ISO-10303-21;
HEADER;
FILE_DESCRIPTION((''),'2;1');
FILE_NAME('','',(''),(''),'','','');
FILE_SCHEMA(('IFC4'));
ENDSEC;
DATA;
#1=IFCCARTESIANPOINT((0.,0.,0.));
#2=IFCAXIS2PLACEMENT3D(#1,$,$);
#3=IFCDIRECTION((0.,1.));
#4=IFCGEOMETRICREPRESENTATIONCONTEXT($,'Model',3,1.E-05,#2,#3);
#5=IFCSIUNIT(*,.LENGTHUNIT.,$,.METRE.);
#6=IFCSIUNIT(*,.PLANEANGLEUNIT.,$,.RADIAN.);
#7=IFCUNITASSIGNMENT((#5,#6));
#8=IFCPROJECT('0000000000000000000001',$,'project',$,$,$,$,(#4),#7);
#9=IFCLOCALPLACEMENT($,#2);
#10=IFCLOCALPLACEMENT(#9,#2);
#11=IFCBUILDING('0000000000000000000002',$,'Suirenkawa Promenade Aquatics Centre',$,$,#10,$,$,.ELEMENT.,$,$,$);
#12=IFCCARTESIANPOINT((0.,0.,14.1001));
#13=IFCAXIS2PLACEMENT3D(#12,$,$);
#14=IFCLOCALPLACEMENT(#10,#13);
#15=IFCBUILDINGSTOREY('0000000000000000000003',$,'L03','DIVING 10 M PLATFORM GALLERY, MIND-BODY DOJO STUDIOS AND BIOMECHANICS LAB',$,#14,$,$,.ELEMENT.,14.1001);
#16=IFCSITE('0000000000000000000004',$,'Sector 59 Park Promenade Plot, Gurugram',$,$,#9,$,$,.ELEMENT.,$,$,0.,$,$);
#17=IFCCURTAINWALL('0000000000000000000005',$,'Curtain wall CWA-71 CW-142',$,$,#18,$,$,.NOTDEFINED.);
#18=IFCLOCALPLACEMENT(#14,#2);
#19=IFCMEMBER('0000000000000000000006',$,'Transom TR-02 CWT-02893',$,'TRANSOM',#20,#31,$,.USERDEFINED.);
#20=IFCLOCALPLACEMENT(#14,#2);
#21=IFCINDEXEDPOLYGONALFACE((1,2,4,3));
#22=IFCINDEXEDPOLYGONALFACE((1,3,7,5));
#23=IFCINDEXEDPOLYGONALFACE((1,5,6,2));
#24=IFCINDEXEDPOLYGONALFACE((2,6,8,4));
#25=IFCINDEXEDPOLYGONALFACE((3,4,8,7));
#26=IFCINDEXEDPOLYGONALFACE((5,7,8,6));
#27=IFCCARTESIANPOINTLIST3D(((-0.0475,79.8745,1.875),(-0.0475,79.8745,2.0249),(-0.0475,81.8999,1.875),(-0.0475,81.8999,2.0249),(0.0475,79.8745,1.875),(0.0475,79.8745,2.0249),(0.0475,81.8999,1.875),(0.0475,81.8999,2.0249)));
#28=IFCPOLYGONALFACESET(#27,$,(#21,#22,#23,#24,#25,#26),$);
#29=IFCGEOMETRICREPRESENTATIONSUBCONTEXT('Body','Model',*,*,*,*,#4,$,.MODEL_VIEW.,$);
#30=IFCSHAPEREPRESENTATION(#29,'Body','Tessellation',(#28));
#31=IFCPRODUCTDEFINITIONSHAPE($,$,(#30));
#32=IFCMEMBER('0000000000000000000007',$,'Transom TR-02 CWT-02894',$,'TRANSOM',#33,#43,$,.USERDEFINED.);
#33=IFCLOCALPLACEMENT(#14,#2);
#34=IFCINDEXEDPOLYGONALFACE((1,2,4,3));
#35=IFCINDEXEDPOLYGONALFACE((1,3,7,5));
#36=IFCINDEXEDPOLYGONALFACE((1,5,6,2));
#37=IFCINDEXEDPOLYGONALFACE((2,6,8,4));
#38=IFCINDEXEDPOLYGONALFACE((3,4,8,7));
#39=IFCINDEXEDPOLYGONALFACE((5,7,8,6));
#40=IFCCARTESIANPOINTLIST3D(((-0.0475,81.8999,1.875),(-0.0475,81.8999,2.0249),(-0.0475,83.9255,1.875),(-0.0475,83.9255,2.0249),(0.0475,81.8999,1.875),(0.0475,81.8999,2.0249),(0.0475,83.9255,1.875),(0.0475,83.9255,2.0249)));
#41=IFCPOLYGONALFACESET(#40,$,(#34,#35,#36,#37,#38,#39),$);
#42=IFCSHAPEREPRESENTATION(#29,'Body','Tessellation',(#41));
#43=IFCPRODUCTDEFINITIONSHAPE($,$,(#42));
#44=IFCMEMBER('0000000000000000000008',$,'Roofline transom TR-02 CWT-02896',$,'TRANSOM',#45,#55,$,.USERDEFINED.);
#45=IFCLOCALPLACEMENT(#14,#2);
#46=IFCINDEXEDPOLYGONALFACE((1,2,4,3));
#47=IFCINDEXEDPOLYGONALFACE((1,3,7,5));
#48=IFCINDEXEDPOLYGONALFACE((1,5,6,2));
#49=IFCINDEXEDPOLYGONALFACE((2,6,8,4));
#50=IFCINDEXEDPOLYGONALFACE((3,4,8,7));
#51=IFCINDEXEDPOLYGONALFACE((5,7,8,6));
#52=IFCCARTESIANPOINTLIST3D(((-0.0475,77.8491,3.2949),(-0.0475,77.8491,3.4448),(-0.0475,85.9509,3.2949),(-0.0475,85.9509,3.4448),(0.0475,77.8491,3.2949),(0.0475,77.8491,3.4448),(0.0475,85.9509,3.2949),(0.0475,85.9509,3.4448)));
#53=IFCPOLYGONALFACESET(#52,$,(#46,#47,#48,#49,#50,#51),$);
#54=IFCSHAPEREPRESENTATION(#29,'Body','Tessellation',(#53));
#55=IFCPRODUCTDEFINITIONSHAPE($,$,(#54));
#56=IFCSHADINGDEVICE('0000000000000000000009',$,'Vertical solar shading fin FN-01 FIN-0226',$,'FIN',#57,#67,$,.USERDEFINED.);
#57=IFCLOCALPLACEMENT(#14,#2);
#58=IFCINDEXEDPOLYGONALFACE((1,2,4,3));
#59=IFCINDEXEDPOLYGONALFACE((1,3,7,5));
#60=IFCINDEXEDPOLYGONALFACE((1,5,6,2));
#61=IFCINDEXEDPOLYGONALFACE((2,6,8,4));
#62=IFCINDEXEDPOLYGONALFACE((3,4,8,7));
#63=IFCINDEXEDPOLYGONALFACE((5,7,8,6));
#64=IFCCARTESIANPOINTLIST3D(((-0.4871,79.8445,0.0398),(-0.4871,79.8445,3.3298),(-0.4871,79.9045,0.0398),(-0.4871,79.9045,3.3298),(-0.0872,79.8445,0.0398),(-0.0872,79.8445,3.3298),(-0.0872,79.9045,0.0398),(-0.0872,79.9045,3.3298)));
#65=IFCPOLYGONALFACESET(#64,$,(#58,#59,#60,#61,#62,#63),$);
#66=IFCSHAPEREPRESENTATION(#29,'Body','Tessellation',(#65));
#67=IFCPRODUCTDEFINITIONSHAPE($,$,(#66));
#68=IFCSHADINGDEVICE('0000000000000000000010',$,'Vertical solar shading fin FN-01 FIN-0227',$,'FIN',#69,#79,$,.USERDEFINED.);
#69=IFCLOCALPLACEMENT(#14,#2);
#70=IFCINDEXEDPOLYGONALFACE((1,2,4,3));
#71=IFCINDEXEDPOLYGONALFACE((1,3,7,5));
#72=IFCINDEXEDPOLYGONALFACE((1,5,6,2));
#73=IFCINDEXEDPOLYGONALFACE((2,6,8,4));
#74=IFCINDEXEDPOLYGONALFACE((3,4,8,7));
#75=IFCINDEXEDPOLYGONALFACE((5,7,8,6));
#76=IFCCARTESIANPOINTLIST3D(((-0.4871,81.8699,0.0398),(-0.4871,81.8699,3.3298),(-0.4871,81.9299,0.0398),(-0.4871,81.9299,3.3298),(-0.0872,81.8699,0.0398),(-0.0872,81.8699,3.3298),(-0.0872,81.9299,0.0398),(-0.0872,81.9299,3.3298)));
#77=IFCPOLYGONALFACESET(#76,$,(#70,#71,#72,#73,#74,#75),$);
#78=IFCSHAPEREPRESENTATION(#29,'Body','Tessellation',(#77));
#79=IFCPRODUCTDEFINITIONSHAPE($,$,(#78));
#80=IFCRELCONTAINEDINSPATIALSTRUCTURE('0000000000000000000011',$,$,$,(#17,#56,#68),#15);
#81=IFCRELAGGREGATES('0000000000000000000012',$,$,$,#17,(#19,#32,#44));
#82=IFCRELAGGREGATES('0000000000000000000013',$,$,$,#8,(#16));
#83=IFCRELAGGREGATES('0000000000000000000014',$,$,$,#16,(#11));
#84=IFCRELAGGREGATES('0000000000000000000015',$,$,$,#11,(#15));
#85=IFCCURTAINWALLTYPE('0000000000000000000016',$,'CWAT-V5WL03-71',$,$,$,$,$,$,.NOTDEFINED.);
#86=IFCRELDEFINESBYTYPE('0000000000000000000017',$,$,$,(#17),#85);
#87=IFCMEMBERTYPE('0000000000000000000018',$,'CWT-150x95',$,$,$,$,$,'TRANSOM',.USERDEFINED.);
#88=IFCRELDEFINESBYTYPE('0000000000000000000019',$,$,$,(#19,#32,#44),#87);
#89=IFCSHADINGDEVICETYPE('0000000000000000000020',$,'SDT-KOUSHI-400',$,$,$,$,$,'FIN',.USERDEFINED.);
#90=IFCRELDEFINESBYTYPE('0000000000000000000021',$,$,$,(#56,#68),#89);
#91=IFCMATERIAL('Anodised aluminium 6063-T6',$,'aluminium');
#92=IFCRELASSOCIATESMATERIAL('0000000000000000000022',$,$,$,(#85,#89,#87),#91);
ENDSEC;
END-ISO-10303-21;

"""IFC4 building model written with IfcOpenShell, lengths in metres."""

from ifc_helpers import new_model, si_unit, direction, frame, origin, origin_2d, place, context, subcontext, project, spatial, rectangle, extrude, material, material_profile, profile_set, type_object, element, aggregate, save


model = new_model("IFC4")

# Units and contexts
model_context = context("Model", 3, precision=1e-05, world=origin(), true_north=direction((0.0, 1.0)))
body_context = subcontext(model_context, "Body", "Model", "MODEL_VIEW")
ifc_project = project(units=[si_unit("LENGTHUNIT", "METRE"), si_unit("PLANEANGLEUNIT", "RADIAN")], contexts=[model_context])

# Site, building, storey
site_placement = place(None, origin())
site = spatial("IfcSite", under=ifc_project, at=site_placement, Name="Sector 59 Park Promenade Plot, Gurugram", CompositionType="ELEMENT", RefElevation=0.0)
building_placement = place(site_placement, origin())
building = spatial("IfcBuilding", under=site, at=building_placement, Name="Suirenkawa Promenade Aquatics Centre", CompositionType="ELEMENT")
storey_placement = place(building_placement, frame((0.0, 0.0, 14.1001)))
storey = spatial("IfcBuildingStorey", under=building, at=storey_placement, Name="L03", Description="DIVING 10 M PLATFORM GALLERY, MIND-BODY DOJO STUDIOS AND BIOMECHANICS LAB", CompositionType="ELEMENT", Elevation=14.1001)

# Curtain wall, members
ifc_material_1 = material(Name="Anodised aluminium 6063-T6", Category="aluminium")
curtain_wall_type = type_object("IfcCurtainWallType", Name="CWAT-V5WL03-71", PredefinedType="NOTDEFINED", material=ifc_material_1)
curtain_wall_placement = place(storey_placement, origin())
curtain_wall = element("IfcCurtainWall", 1, at=curtain_wall_placement, inside=storey, type_object=curtain_wall_type, Name="Curtain wall CWA-71 CW-142", PredefinedType="NOTDEFINED")
ifc_material_profile_1 = material_profile(ifc_material_1, rectangle(XDim=0.095, YDim=0.1499, at=origin_2d()), Name="ALU TRAN 95x150", Category="aluminium")
ifc_profile_set_1 = profile_set([ifc_material_profile_1], Name="Anodised aluminium 6063-T6")
member_type_1 = type_object("IfcMemberType", Name="CWT-150x95", ElementType="TRANSOM", PredefinedType="USERDEFINED", material=ifc_profile_set_1)
member_1_placement = place(storey_placement, frame((0.0, 79.8745, 1.95), z_axis=(0.0, 1.0, 0.0), x_axis=(-1.0, 0.0, 0.0)))
member_1 = element("IfcMember", 2, at=member_1_placement, type_object=member_type_1, Name="Transom TR-02 CWT-02893", ObjectType="TRANSOM", PredefinedType="USERDEFINED", context=body_context, shape_type="SweptSolid", body=[
    extrude(rectangle(XDim=0.095, YDim=0.1499, at=origin_2d()), origin(), (0.0, 0.0, 1.0), 2.0254),
])
member_2_placement = place(storey_placement, frame((0.0, 81.8999, 1.95), z_axis=(0.0, 1.0, 0.0), x_axis=(-1.0, 0.0, 0.0)))
member_2 = element("IfcMember", 3, at=member_2_placement, type_object=member_type_1, Name="Transom TR-02 CWT-02894", ObjectType="TRANSOM", PredefinedType="USERDEFINED", context=body_context, shape_type="SweptSolid", body=[
    extrude(rectangle(XDim=0.095, YDim=0.1499, at=origin_2d()), origin(), (0.0, 0.0, 1.0), 2.0256),
])
member_3_placement = place(storey_placement, frame((0.0, 77.8491, 3.3699), z_axis=(0.0, 1.0, 0.0), x_axis=(-1.0, 0.0, 0.0)))
member_3 = element("IfcMember", 4, at=member_3_placement, type_object=member_type_1, Name="Roofline transom TR-02 CWT-02896", ObjectType="TRANSOM", PredefinedType="USERDEFINED", context=body_context, shape_type="SweptSolid", body=[
    extrude(rectangle(XDim=0.095, YDim=0.1499, at=origin_2d()), origin(), (0.0, 0.0, 1.0), 8.1018),
])
aggregate(curtain_wall, [member_1, member_2, member_3])

# Shading devices
shading_device_type = type_object("IfcShadingDeviceType", Name="SDT-KOUSHI-400", ElementType="FIN", PredefinedType="USERDEFINED", material=ifc_material_1)
for number, where, z_axis, x_axis, name in (
    (5, (-0.2871, 79.8745, 0.0398), (0.0, 0.0, 1.0), (-1.0, 0.0, 0.0), "Vertical solar shading fin FN-01 FIN-0226"),
    (6, (-0.2871, 81.8999, 0.0398), (0.0, 0.0, 1.0), (-1.0, 0.0, 0.0), "Vertical solar shading fin FN-01 FIN-0227"),
):
    element("IfcShadingDevice", number, at=place(storey_placement, frame(where, z_axis=z_axis, x_axis=x_axis)), inside=storey, type_object=shading_device_type, Name=name, ObjectType="FIN", PredefinedType="USERDEFINED", context=body_context, shape_type="SweptSolid", body=[
        extrude(rectangle(XDim=0.3999, YDim=0.0601, at=origin_2d()), origin(), (0.0, 0.0, 1.0), 3.29),
    ])

save(model, "model.ifc")
